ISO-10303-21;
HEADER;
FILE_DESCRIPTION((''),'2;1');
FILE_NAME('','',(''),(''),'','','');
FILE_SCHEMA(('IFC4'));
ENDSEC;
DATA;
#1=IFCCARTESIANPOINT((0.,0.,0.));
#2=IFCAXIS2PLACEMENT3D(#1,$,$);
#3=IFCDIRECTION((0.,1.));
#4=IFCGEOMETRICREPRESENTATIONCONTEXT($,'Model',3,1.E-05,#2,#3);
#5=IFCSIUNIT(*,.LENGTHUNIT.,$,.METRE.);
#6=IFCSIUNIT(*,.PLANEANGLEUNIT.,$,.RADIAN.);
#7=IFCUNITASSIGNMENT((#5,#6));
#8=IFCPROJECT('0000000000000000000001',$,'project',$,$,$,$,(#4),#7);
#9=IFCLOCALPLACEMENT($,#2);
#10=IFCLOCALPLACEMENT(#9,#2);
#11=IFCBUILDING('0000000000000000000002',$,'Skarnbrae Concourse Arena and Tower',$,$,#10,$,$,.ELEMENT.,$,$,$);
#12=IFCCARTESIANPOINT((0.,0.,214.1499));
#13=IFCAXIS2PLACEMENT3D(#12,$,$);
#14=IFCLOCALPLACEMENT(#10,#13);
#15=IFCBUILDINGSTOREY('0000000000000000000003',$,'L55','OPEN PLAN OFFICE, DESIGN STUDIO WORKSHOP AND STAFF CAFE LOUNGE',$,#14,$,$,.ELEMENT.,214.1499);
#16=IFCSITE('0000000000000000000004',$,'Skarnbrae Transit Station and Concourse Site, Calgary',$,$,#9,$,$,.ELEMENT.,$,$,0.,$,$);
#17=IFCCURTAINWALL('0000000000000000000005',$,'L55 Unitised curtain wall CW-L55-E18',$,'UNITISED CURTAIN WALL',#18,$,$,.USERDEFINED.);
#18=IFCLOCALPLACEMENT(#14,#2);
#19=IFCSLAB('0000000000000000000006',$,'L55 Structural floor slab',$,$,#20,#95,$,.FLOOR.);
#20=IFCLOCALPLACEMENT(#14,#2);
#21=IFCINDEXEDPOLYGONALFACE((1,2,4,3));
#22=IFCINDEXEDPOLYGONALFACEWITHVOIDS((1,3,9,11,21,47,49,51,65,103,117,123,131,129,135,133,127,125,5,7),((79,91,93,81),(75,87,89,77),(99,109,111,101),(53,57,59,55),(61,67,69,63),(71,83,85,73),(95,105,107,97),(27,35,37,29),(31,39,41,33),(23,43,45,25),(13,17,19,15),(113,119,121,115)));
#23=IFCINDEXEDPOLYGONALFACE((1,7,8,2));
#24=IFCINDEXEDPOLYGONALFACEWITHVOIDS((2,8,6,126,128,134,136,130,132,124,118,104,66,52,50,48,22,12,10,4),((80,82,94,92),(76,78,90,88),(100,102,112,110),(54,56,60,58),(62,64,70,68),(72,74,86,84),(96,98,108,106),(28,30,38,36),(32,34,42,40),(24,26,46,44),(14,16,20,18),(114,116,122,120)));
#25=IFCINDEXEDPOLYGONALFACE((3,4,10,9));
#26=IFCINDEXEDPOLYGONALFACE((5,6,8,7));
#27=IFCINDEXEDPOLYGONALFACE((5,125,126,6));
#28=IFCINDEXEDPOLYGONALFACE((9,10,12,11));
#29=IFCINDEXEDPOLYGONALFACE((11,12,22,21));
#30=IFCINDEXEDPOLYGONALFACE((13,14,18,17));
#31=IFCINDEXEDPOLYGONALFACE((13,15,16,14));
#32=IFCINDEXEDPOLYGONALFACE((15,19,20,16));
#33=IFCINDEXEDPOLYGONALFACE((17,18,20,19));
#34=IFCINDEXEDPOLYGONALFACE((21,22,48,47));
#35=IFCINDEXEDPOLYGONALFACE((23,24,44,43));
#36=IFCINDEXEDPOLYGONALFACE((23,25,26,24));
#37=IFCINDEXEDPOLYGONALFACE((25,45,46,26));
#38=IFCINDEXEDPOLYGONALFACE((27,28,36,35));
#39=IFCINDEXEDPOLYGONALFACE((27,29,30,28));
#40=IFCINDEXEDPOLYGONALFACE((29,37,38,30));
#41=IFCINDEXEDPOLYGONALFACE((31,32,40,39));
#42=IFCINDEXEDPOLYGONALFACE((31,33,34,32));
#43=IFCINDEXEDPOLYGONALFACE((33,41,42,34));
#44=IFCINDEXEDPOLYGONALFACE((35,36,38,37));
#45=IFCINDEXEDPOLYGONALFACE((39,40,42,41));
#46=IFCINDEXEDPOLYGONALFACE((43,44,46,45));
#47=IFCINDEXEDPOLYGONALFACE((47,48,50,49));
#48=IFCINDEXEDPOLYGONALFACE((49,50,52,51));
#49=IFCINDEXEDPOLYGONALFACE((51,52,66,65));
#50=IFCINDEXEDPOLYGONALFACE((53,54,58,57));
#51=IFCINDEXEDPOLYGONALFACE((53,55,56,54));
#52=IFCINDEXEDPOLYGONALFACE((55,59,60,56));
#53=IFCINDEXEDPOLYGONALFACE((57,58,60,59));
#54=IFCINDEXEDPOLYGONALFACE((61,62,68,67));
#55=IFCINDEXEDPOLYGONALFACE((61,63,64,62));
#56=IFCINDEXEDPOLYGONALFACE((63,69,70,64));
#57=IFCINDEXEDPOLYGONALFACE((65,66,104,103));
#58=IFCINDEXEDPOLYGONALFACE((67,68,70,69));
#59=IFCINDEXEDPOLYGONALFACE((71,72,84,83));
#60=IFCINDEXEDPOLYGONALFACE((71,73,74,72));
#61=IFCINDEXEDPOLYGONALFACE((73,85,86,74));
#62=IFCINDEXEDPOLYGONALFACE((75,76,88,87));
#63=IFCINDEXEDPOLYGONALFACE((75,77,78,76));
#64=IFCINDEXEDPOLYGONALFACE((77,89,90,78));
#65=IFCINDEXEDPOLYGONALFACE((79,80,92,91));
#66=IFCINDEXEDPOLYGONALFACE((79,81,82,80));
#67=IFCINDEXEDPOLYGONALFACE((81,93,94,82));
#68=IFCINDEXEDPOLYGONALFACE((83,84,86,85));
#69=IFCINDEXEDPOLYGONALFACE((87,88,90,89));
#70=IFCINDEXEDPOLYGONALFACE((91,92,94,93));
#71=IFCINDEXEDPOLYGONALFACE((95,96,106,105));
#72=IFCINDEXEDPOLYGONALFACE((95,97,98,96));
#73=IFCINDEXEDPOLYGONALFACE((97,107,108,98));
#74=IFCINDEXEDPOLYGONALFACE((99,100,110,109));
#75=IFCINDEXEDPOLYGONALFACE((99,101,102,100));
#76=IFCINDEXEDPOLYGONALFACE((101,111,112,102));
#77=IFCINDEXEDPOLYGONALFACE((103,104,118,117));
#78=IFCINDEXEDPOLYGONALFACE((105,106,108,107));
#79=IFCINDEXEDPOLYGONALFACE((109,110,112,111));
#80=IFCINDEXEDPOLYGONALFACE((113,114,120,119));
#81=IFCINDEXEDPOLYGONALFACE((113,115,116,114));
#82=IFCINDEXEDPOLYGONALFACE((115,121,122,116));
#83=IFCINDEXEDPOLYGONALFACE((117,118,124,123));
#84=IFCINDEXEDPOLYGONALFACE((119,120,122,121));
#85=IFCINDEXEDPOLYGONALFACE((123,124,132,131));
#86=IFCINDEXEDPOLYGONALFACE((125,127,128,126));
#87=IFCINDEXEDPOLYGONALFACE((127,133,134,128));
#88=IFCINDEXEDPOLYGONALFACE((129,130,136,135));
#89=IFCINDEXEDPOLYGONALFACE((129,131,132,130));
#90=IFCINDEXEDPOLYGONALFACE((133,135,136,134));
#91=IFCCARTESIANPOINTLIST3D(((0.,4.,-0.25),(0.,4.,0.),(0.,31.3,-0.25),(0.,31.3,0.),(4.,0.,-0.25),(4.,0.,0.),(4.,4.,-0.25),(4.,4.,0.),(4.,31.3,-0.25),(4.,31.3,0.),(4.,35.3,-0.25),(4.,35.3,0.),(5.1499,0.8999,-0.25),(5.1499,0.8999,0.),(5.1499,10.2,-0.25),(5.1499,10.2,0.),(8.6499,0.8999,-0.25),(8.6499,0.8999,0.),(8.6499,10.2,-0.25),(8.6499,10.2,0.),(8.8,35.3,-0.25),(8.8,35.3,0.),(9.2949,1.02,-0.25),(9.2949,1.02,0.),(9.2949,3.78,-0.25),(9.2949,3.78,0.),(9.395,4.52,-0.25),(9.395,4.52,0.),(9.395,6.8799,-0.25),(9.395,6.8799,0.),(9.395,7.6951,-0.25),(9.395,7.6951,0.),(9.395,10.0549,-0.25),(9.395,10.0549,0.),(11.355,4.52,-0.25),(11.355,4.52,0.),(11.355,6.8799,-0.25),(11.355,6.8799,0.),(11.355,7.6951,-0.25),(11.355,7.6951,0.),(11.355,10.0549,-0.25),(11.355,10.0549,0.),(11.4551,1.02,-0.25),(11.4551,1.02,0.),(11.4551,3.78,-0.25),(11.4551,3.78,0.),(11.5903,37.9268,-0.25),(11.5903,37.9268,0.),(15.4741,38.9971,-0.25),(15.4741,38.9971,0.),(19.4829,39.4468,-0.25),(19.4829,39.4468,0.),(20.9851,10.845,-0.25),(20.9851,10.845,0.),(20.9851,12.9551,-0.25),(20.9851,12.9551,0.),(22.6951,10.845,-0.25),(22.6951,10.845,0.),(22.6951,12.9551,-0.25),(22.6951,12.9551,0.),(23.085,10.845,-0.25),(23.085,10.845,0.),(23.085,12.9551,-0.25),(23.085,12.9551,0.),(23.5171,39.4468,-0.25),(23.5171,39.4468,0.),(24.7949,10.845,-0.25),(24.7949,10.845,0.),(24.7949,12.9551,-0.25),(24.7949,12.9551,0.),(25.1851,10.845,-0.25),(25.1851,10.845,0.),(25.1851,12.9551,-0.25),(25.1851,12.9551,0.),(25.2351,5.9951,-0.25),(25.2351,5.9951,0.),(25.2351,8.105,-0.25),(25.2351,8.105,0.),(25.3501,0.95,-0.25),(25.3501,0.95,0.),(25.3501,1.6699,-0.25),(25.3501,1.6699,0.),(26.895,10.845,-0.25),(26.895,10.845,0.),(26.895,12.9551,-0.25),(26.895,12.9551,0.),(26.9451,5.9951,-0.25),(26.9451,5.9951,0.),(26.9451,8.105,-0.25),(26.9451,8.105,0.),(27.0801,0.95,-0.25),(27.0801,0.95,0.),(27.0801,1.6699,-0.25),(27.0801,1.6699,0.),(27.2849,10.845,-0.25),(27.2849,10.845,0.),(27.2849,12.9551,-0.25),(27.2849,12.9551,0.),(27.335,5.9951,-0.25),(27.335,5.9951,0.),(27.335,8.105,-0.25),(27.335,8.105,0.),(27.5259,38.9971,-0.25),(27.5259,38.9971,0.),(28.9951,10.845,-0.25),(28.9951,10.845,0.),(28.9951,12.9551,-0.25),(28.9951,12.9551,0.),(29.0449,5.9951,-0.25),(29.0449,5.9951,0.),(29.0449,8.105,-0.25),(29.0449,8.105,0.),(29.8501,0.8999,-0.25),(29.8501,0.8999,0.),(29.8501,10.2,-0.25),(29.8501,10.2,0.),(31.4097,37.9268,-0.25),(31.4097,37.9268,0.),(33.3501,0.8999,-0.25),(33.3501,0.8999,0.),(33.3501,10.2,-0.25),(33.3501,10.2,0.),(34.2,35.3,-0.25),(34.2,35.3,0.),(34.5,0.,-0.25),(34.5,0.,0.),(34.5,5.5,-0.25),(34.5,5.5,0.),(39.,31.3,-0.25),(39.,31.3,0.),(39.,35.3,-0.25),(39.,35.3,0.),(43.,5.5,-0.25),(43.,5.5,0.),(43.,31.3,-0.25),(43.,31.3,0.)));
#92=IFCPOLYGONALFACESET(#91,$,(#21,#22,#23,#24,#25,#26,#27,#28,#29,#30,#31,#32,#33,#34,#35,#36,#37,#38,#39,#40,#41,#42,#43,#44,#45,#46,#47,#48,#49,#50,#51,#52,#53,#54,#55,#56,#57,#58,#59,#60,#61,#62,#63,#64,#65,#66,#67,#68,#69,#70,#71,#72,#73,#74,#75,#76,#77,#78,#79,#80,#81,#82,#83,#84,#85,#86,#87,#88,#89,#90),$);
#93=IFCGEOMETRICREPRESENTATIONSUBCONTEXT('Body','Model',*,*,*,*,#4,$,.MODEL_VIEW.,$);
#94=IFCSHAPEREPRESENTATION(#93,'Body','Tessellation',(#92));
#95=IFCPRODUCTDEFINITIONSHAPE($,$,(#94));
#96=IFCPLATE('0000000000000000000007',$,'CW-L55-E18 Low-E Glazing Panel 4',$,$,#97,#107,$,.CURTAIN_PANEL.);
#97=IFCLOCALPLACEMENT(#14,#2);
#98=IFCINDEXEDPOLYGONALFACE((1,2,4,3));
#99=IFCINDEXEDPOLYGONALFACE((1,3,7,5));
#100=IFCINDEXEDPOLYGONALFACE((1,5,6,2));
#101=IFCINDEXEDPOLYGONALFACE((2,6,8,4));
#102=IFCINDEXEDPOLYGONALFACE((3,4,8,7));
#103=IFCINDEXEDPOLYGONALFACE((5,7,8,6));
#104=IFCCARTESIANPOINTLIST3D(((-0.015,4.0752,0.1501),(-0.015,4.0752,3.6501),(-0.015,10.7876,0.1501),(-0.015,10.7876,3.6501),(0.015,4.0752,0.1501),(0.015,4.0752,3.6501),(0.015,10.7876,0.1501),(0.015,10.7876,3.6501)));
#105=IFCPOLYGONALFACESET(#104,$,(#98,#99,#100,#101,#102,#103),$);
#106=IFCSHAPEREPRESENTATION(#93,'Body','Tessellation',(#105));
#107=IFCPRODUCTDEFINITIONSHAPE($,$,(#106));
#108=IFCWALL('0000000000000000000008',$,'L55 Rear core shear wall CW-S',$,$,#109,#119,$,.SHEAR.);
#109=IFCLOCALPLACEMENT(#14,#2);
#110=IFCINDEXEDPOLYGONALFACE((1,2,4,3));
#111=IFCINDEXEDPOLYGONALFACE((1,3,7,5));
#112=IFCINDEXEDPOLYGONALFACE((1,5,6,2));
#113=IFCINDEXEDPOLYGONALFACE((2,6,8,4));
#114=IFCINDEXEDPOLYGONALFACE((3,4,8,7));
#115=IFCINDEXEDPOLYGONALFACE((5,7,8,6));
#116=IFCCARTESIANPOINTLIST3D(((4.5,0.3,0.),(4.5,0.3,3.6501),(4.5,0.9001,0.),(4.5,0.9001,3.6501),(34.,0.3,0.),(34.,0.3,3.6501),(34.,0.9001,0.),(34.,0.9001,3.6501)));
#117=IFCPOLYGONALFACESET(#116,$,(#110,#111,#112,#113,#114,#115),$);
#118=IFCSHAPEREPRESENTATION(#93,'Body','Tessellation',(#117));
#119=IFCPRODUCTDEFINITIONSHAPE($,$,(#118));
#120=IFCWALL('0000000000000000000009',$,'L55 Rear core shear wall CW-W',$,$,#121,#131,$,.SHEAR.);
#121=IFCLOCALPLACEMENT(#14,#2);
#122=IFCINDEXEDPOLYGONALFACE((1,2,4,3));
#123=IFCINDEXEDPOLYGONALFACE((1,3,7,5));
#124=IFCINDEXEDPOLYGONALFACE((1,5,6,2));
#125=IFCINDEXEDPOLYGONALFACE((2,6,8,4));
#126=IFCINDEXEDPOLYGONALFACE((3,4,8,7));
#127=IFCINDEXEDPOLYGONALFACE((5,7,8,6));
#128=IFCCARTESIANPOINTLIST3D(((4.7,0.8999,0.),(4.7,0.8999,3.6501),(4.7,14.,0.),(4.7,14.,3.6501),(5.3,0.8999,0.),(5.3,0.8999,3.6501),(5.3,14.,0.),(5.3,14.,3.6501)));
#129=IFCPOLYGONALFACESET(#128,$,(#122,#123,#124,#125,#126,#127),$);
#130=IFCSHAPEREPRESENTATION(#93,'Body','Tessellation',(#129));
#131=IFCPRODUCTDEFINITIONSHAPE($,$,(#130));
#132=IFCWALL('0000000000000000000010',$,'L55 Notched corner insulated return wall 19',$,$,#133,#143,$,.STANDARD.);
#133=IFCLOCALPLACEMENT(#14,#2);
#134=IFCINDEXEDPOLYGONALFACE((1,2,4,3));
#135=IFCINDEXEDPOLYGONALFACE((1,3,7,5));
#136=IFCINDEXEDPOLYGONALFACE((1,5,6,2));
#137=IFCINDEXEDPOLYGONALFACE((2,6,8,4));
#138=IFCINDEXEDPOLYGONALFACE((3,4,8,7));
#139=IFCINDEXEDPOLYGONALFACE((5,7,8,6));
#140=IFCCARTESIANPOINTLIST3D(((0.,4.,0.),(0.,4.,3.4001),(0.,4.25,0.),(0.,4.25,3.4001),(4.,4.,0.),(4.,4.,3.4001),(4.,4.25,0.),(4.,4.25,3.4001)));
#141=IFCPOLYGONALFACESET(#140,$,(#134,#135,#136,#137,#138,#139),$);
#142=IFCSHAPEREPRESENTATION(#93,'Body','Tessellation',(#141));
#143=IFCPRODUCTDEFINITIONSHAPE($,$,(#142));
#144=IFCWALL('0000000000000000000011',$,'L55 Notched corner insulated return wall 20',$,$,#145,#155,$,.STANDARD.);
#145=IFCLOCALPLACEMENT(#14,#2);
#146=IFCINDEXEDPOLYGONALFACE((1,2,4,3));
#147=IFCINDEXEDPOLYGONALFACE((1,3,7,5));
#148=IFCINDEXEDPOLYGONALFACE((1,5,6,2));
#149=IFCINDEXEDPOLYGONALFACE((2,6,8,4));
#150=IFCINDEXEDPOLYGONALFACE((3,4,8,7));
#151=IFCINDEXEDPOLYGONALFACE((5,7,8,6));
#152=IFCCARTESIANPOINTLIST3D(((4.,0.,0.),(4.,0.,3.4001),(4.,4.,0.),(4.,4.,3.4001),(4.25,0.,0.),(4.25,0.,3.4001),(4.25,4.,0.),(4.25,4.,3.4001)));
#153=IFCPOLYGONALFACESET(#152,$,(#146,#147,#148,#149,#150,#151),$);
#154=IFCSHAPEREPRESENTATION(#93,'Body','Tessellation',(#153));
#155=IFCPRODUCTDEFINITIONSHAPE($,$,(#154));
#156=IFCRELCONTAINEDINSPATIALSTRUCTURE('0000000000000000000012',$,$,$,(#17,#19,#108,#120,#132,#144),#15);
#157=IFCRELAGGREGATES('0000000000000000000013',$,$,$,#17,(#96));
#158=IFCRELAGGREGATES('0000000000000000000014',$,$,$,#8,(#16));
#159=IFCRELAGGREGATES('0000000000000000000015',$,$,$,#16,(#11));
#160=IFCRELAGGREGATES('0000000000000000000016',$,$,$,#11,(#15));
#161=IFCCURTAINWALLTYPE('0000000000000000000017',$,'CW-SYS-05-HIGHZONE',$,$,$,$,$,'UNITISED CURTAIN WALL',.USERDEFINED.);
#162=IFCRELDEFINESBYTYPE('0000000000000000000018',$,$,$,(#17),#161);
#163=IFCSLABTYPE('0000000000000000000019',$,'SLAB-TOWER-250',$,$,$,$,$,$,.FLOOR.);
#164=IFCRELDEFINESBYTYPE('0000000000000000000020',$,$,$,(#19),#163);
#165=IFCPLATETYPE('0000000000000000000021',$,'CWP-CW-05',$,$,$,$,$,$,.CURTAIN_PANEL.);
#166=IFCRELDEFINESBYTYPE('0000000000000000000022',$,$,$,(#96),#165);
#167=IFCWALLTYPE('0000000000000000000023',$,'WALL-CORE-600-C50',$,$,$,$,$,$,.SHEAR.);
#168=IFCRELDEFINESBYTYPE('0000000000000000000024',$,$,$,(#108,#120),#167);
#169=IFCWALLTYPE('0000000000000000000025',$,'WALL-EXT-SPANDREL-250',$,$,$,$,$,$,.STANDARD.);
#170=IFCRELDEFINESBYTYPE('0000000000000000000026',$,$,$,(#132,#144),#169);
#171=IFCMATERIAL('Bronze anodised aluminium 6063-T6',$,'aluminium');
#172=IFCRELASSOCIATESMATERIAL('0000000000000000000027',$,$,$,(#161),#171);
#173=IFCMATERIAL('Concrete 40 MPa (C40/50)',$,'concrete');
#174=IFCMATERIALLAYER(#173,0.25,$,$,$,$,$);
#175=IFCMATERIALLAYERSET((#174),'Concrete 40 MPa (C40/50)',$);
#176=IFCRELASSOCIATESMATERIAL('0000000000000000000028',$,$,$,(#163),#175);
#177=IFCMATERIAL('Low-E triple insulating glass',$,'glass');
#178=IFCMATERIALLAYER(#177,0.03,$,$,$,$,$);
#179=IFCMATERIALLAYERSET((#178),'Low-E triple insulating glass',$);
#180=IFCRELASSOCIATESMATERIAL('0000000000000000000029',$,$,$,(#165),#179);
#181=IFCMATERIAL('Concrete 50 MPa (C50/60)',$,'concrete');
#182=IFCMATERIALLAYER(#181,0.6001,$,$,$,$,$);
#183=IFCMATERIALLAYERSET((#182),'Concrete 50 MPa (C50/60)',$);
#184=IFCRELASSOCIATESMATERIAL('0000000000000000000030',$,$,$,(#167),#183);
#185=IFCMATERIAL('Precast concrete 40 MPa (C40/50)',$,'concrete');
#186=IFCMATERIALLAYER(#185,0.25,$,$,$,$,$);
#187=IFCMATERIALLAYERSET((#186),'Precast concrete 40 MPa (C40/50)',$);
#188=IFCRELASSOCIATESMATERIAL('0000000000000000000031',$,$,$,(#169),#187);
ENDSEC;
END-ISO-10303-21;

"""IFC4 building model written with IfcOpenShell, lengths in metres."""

from ifc_helpers import new_model, si_unit, direction, frame, frame_2d, origin, origin_2d, place, context, subcontext, project, spatial, polyline, rectangle, outline, extrude, source, transform, mapped, material, layer, layer_set, type_object, element, aggregate, save


model = new_model("IFC4")

# Units and contexts
model_context = context("Model", 3, precision=1e-05, world=origin(), true_north=direction((0.0, 1.0)))
body_context = subcontext(model_context, "Body", "Model", "MODEL_VIEW")
ifc_project = project(units=[si_unit("LENGTHUNIT", "METRE"), si_unit("PLANEANGLEUNIT", "RADIAN")], contexts=[model_context])

# Site, building, storey
site_placement = place(None, origin())
site = spatial("IfcSite", under=ifc_project, at=site_placement, Name="Skarnbrae Transit Station and Concourse Site, Calgary", CompositionType="ELEMENT", RefElevation=0.0)
building_placement = place(site_placement, origin())
building = spatial("IfcBuilding", under=site, at=building_placement, Name="Skarnbrae Concourse Arena and Tower", CompositionType="ELEMENT")
storey_placement = place(building_placement, frame((0.0, 0.0, 214.1499)))
storey = spatial("IfcBuildingStorey", under=building, at=storey_placement, Name="L55", Description="OPEN PLAN OFFICE, DESIGN STUDIO WORKSHOP AND STAFF CAFE LOUNGE", CompositionType="ELEMENT", Elevation=214.1499)

# Curtain wall
ifc_material_1 = material(Name="Bronze anodised aluminium 6063-T6", Category="aluminium")
curtain_wall_type = type_object("IfcCurtainWallType", Name="CW-SYS-05-HIGHZONE", ElementType="UNITISED CURTAIN WALL", PredefinedType="USERDEFINED", material=ifc_material_1)
curtain_wall_placement = place(storey_placement, origin())
curtain_wall = element("IfcCurtainWall", 1, at=curtain_wall_placement, inside=storey, type_object=curtain_wall_type, Name="L55 Unitised curtain wall CW-L55-E18", ObjectType="UNITISED CURTAIN WALL", PredefinedType="USERDEFINED")

# Shared definitions
ifc_material_2 = material(Name="Concrete 40 MPa (C40/50)", Category="concrete")

# Slab
ifc_layer_1 = layer(ifc_material_2, 0.25)
ifc_layer_set_1 = layer_set([ifc_layer_1], Name="Concrete 40 MPa (C40/50)")
slab_type_1 = type_object("IfcSlabType", Name="SLAB-TOWER-250", PredefinedType="FLOOR", material=ifc_layer_set_1)
slab_1_placement = place(storey_placement, frame((0.0, 0.0, -0.25)))
element("IfcSlab", 2, at=slab_1_placement, inside=storey, type_object=slab_type_1, Name="L55 Structural floor slab", PredefinedType="FLOOR", context=body_context, shape_type="SweptSolid", body=[
    extrude(outline(polyline([(4.0, 0.0), (34.5, 0.0), (34.5, 5.5), (43.0, 5.5), (43.0, 31.3), (39.0, 31.3), (39.0, 35.3), (34.2, 35.3), (31.4097, 37.9268), (27.5259, 38.9971), (23.5171, 39.4468), (19.4829, 39.4468), (15.4741, 38.9971), (11.5903, 37.9268), (8.8, 35.3), (4.0, 35.3), (4.0, 31.3), (0.0, 31.3), (0.0, 4.0), (4.0, 4.0), (4.0, 0.0)]), holes=[polyline([(9.2949, 1.02), (9.2949, 3.78), (11.4551, 3.78), (11.4551, 1.02), (9.2949, 1.02)]), polyline([(8.6499, 10.2), (8.6499, 0.8999), (5.1499, 0.8999), (5.1499, 10.2), (8.6499, 10.2)]), polyline([(9.395, 6.8799), (11.355, 6.8799), (11.355, 4.52), (9.395, 4.52), (9.395, 6.8799)]), polyline([(9.395, 7.6951), (9.395, 10.0549), (11.355, 10.0549), (11.355, 7.6951), (9.395, 7.6951)]), polyline([(20.9851, 12.9551), (22.6951, 12.9551), (22.6951, 10.845), (20.9851, 10.845), (20.9851, 12.9551)]), polyline([(23.085, 12.9551), (24.7949, 12.9551), (24.7949, 10.845), (23.085, 10.845), (23.085, 12.9551)]), polyline([(25.3501, 0.95), (25.3501, 1.6699), (27.0801, 1.6699), (27.0801, 0.95), (25.3501, 0.95)]), polyline([(33.3501, 10.2), (33.3501, 0.8999), (29.8501, 0.8999), (29.8501, 10.2), (33.3501, 10.2)]), polyline([(25.2351, 8.105), (26.9451, 8.105), (26.9451, 5.9951), (25.2351, 5.9951), (25.2351, 8.105)]), polyline([(27.335, 5.9951), (27.335, 8.105), (29.0449, 8.105), (29.0449, 5.9951), (27.335, 5.9951)]), polyline([(25.1851, 12.9551), (26.895, 12.9551), (26.895, 10.845), (25.1851, 10.845), (25.1851, 12.9551)]), polyline([(27.2849, 12.9551), (28.9951, 12.9551), (28.9951, 10.845), (27.2849, 10.845), (27.2849, 12.9551)])]), origin(), (0.0, 0.0, 1.0), 0.25),
])

# Plate
ifc_material_3 = material(Name="Low-E triple insulating glass", Category="glass")
ifc_layer_2 = layer(ifc_material_3, 0.03)
ifc_layer_set_2 = layer_set([ifc_layer_2], Name="Low-E triple insulating glass")
plate_type = type_object("IfcPlateType", Name="CWP-CW-05", PredefinedType="CURTAIN_PANEL", material=ifc_layer_set_2)
shared_shape_1 = source(origin(), body_context, "Body", "SweptSolid", [
    extrude(rectangle(XDim=6.7124, YDim=0.03, at=origin_2d()), origin(), (0.0, 0.0, 1.0), 3.5),
])
plate_placement = place(storey_placement, frame((0.0, 7.4314, 0.1501), z_axis=(0.0, 0.0, 1.0), x_axis=(0.0, -1.0, 0.0)))
plate = element("IfcPlate", 3, at=plate_placement, type_object=plate_type, Name="CW-L55-E18 Low-E Glazing Panel 4", PredefinedType="CURTAIN_PANEL", context=body_context, shape_type="MappedRepresentation", body=[
    mapped(shared_shape_1, transform((0.0, 0.0, 0.0))),
])
aggregate(curtain_wall, [plate])

# Walls
ifc_material_4 = material(Name="Concrete 50 MPa (C50/60)", Category="concrete")
ifc_layer_3 = layer(ifc_material_4, 0.6001)
ifc_layer_set_3 = layer_set([ifc_layer_3], Name="Concrete 50 MPa (C50/60)")
wall_type_1 = type_object("IfcWallType", Name="WALL-CORE-600-C50", PredefinedType="SHEAR", material=ifc_layer_set_3)
shared_shape_2 = source(origin(), body_context, "Body", "SweptSolid", [
    extrude(rectangle(XDim=29.5, YDim=0.6001, at=frame_2d((14.75, 0.0))), origin(), (0.0, 0.0, 1.0), 3.6501),
])
wall_1_placement = place(storey_placement, frame((4.5, 0.6001, 0.0), z_axis=(0.0, 0.0, 1.0), x_axis=(1.0, 0.0, 0.0)))
element("IfcWall", 4, at=wall_1_placement, inside=storey, type_object=wall_type_1, Name="L55 Rear core shear wall CW-S", PredefinedType="SHEAR", context=body_context, shape_type="MappedRepresentation", body=[
    mapped(shared_shape_2, transform((0.0, 0.0, 0.0))),
])
shared_shape_3 = source(origin(), body_context, "Body", "SweptSolid", [
    extrude(rectangle(XDim=13.1001, YDim=0.6001, at=frame_2d((6.55, 0.0))), origin(), (0.0, 0.0, 1.0), 3.6501),
])
wall_2_placement = place(storey_placement, frame((5.0, 0.8999, 0.0), z_axis=(0.0, 0.0, 1.0), x_axis=(0.0, 1.0, 0.0)))
element("IfcWall", 5, at=wall_2_placement, inside=storey, type_object=wall_type_1, Name="L55 Rear core shear wall CW-W", PredefinedType="SHEAR", context=body_context, shape_type="MappedRepresentation", body=[
    mapped(shared_shape_3, transform((0.0, 0.0, 0.0))),
])
ifc_material_5 = material(Name="Precast concrete 40 MPa (C40/50)", Category="concrete")
ifc_layer_4 = layer(ifc_material_5, 0.25)
ifc_layer_set_4 = layer_set([ifc_layer_4], Name="Precast concrete 40 MPa (C40/50)")
wall_type_2 = type_object("IfcWallType", Name="WALL-EXT-SPANDREL-250", PredefinedType="STANDARD", material=ifc_layer_set_4)
shared_shape_4 = source(origin(), body_context, "Body", "SweptSolid", [
    extrude(rectangle(XDim=4.0, YDim=0.25, at=frame_2d((2.0, 0.0))), origin(), (0.0, 0.0, 1.0), 3.4001),
])
for number, where, z_axis, x_axis, name in (
    (6, (0.0, 4.125, 0.0), (0.0, 0.0, 1.0), (1.0, 0.0, 0.0), "L55 Notched corner insulated return wall 19"),
    (7, (4.125, 4.0, 0.0), (0.0, 0.0, 1.0), (0.0, -1.0, 0.0), "L55 Notched corner insulated return wall 20"),
):
    element("IfcWall", number, at=place(storey_placement, frame(where, z_axis=z_axis, x_axis=x_axis)), inside=storey, type_object=wall_type_2, Name=name, PredefinedType="STANDARD", context=body_context, shape_type="MappedRepresentation", body=[
        mapped(shared_shape_4, transform((0.0, 0.0, 0.0))),
    ])

save(model, "model.ifc")
